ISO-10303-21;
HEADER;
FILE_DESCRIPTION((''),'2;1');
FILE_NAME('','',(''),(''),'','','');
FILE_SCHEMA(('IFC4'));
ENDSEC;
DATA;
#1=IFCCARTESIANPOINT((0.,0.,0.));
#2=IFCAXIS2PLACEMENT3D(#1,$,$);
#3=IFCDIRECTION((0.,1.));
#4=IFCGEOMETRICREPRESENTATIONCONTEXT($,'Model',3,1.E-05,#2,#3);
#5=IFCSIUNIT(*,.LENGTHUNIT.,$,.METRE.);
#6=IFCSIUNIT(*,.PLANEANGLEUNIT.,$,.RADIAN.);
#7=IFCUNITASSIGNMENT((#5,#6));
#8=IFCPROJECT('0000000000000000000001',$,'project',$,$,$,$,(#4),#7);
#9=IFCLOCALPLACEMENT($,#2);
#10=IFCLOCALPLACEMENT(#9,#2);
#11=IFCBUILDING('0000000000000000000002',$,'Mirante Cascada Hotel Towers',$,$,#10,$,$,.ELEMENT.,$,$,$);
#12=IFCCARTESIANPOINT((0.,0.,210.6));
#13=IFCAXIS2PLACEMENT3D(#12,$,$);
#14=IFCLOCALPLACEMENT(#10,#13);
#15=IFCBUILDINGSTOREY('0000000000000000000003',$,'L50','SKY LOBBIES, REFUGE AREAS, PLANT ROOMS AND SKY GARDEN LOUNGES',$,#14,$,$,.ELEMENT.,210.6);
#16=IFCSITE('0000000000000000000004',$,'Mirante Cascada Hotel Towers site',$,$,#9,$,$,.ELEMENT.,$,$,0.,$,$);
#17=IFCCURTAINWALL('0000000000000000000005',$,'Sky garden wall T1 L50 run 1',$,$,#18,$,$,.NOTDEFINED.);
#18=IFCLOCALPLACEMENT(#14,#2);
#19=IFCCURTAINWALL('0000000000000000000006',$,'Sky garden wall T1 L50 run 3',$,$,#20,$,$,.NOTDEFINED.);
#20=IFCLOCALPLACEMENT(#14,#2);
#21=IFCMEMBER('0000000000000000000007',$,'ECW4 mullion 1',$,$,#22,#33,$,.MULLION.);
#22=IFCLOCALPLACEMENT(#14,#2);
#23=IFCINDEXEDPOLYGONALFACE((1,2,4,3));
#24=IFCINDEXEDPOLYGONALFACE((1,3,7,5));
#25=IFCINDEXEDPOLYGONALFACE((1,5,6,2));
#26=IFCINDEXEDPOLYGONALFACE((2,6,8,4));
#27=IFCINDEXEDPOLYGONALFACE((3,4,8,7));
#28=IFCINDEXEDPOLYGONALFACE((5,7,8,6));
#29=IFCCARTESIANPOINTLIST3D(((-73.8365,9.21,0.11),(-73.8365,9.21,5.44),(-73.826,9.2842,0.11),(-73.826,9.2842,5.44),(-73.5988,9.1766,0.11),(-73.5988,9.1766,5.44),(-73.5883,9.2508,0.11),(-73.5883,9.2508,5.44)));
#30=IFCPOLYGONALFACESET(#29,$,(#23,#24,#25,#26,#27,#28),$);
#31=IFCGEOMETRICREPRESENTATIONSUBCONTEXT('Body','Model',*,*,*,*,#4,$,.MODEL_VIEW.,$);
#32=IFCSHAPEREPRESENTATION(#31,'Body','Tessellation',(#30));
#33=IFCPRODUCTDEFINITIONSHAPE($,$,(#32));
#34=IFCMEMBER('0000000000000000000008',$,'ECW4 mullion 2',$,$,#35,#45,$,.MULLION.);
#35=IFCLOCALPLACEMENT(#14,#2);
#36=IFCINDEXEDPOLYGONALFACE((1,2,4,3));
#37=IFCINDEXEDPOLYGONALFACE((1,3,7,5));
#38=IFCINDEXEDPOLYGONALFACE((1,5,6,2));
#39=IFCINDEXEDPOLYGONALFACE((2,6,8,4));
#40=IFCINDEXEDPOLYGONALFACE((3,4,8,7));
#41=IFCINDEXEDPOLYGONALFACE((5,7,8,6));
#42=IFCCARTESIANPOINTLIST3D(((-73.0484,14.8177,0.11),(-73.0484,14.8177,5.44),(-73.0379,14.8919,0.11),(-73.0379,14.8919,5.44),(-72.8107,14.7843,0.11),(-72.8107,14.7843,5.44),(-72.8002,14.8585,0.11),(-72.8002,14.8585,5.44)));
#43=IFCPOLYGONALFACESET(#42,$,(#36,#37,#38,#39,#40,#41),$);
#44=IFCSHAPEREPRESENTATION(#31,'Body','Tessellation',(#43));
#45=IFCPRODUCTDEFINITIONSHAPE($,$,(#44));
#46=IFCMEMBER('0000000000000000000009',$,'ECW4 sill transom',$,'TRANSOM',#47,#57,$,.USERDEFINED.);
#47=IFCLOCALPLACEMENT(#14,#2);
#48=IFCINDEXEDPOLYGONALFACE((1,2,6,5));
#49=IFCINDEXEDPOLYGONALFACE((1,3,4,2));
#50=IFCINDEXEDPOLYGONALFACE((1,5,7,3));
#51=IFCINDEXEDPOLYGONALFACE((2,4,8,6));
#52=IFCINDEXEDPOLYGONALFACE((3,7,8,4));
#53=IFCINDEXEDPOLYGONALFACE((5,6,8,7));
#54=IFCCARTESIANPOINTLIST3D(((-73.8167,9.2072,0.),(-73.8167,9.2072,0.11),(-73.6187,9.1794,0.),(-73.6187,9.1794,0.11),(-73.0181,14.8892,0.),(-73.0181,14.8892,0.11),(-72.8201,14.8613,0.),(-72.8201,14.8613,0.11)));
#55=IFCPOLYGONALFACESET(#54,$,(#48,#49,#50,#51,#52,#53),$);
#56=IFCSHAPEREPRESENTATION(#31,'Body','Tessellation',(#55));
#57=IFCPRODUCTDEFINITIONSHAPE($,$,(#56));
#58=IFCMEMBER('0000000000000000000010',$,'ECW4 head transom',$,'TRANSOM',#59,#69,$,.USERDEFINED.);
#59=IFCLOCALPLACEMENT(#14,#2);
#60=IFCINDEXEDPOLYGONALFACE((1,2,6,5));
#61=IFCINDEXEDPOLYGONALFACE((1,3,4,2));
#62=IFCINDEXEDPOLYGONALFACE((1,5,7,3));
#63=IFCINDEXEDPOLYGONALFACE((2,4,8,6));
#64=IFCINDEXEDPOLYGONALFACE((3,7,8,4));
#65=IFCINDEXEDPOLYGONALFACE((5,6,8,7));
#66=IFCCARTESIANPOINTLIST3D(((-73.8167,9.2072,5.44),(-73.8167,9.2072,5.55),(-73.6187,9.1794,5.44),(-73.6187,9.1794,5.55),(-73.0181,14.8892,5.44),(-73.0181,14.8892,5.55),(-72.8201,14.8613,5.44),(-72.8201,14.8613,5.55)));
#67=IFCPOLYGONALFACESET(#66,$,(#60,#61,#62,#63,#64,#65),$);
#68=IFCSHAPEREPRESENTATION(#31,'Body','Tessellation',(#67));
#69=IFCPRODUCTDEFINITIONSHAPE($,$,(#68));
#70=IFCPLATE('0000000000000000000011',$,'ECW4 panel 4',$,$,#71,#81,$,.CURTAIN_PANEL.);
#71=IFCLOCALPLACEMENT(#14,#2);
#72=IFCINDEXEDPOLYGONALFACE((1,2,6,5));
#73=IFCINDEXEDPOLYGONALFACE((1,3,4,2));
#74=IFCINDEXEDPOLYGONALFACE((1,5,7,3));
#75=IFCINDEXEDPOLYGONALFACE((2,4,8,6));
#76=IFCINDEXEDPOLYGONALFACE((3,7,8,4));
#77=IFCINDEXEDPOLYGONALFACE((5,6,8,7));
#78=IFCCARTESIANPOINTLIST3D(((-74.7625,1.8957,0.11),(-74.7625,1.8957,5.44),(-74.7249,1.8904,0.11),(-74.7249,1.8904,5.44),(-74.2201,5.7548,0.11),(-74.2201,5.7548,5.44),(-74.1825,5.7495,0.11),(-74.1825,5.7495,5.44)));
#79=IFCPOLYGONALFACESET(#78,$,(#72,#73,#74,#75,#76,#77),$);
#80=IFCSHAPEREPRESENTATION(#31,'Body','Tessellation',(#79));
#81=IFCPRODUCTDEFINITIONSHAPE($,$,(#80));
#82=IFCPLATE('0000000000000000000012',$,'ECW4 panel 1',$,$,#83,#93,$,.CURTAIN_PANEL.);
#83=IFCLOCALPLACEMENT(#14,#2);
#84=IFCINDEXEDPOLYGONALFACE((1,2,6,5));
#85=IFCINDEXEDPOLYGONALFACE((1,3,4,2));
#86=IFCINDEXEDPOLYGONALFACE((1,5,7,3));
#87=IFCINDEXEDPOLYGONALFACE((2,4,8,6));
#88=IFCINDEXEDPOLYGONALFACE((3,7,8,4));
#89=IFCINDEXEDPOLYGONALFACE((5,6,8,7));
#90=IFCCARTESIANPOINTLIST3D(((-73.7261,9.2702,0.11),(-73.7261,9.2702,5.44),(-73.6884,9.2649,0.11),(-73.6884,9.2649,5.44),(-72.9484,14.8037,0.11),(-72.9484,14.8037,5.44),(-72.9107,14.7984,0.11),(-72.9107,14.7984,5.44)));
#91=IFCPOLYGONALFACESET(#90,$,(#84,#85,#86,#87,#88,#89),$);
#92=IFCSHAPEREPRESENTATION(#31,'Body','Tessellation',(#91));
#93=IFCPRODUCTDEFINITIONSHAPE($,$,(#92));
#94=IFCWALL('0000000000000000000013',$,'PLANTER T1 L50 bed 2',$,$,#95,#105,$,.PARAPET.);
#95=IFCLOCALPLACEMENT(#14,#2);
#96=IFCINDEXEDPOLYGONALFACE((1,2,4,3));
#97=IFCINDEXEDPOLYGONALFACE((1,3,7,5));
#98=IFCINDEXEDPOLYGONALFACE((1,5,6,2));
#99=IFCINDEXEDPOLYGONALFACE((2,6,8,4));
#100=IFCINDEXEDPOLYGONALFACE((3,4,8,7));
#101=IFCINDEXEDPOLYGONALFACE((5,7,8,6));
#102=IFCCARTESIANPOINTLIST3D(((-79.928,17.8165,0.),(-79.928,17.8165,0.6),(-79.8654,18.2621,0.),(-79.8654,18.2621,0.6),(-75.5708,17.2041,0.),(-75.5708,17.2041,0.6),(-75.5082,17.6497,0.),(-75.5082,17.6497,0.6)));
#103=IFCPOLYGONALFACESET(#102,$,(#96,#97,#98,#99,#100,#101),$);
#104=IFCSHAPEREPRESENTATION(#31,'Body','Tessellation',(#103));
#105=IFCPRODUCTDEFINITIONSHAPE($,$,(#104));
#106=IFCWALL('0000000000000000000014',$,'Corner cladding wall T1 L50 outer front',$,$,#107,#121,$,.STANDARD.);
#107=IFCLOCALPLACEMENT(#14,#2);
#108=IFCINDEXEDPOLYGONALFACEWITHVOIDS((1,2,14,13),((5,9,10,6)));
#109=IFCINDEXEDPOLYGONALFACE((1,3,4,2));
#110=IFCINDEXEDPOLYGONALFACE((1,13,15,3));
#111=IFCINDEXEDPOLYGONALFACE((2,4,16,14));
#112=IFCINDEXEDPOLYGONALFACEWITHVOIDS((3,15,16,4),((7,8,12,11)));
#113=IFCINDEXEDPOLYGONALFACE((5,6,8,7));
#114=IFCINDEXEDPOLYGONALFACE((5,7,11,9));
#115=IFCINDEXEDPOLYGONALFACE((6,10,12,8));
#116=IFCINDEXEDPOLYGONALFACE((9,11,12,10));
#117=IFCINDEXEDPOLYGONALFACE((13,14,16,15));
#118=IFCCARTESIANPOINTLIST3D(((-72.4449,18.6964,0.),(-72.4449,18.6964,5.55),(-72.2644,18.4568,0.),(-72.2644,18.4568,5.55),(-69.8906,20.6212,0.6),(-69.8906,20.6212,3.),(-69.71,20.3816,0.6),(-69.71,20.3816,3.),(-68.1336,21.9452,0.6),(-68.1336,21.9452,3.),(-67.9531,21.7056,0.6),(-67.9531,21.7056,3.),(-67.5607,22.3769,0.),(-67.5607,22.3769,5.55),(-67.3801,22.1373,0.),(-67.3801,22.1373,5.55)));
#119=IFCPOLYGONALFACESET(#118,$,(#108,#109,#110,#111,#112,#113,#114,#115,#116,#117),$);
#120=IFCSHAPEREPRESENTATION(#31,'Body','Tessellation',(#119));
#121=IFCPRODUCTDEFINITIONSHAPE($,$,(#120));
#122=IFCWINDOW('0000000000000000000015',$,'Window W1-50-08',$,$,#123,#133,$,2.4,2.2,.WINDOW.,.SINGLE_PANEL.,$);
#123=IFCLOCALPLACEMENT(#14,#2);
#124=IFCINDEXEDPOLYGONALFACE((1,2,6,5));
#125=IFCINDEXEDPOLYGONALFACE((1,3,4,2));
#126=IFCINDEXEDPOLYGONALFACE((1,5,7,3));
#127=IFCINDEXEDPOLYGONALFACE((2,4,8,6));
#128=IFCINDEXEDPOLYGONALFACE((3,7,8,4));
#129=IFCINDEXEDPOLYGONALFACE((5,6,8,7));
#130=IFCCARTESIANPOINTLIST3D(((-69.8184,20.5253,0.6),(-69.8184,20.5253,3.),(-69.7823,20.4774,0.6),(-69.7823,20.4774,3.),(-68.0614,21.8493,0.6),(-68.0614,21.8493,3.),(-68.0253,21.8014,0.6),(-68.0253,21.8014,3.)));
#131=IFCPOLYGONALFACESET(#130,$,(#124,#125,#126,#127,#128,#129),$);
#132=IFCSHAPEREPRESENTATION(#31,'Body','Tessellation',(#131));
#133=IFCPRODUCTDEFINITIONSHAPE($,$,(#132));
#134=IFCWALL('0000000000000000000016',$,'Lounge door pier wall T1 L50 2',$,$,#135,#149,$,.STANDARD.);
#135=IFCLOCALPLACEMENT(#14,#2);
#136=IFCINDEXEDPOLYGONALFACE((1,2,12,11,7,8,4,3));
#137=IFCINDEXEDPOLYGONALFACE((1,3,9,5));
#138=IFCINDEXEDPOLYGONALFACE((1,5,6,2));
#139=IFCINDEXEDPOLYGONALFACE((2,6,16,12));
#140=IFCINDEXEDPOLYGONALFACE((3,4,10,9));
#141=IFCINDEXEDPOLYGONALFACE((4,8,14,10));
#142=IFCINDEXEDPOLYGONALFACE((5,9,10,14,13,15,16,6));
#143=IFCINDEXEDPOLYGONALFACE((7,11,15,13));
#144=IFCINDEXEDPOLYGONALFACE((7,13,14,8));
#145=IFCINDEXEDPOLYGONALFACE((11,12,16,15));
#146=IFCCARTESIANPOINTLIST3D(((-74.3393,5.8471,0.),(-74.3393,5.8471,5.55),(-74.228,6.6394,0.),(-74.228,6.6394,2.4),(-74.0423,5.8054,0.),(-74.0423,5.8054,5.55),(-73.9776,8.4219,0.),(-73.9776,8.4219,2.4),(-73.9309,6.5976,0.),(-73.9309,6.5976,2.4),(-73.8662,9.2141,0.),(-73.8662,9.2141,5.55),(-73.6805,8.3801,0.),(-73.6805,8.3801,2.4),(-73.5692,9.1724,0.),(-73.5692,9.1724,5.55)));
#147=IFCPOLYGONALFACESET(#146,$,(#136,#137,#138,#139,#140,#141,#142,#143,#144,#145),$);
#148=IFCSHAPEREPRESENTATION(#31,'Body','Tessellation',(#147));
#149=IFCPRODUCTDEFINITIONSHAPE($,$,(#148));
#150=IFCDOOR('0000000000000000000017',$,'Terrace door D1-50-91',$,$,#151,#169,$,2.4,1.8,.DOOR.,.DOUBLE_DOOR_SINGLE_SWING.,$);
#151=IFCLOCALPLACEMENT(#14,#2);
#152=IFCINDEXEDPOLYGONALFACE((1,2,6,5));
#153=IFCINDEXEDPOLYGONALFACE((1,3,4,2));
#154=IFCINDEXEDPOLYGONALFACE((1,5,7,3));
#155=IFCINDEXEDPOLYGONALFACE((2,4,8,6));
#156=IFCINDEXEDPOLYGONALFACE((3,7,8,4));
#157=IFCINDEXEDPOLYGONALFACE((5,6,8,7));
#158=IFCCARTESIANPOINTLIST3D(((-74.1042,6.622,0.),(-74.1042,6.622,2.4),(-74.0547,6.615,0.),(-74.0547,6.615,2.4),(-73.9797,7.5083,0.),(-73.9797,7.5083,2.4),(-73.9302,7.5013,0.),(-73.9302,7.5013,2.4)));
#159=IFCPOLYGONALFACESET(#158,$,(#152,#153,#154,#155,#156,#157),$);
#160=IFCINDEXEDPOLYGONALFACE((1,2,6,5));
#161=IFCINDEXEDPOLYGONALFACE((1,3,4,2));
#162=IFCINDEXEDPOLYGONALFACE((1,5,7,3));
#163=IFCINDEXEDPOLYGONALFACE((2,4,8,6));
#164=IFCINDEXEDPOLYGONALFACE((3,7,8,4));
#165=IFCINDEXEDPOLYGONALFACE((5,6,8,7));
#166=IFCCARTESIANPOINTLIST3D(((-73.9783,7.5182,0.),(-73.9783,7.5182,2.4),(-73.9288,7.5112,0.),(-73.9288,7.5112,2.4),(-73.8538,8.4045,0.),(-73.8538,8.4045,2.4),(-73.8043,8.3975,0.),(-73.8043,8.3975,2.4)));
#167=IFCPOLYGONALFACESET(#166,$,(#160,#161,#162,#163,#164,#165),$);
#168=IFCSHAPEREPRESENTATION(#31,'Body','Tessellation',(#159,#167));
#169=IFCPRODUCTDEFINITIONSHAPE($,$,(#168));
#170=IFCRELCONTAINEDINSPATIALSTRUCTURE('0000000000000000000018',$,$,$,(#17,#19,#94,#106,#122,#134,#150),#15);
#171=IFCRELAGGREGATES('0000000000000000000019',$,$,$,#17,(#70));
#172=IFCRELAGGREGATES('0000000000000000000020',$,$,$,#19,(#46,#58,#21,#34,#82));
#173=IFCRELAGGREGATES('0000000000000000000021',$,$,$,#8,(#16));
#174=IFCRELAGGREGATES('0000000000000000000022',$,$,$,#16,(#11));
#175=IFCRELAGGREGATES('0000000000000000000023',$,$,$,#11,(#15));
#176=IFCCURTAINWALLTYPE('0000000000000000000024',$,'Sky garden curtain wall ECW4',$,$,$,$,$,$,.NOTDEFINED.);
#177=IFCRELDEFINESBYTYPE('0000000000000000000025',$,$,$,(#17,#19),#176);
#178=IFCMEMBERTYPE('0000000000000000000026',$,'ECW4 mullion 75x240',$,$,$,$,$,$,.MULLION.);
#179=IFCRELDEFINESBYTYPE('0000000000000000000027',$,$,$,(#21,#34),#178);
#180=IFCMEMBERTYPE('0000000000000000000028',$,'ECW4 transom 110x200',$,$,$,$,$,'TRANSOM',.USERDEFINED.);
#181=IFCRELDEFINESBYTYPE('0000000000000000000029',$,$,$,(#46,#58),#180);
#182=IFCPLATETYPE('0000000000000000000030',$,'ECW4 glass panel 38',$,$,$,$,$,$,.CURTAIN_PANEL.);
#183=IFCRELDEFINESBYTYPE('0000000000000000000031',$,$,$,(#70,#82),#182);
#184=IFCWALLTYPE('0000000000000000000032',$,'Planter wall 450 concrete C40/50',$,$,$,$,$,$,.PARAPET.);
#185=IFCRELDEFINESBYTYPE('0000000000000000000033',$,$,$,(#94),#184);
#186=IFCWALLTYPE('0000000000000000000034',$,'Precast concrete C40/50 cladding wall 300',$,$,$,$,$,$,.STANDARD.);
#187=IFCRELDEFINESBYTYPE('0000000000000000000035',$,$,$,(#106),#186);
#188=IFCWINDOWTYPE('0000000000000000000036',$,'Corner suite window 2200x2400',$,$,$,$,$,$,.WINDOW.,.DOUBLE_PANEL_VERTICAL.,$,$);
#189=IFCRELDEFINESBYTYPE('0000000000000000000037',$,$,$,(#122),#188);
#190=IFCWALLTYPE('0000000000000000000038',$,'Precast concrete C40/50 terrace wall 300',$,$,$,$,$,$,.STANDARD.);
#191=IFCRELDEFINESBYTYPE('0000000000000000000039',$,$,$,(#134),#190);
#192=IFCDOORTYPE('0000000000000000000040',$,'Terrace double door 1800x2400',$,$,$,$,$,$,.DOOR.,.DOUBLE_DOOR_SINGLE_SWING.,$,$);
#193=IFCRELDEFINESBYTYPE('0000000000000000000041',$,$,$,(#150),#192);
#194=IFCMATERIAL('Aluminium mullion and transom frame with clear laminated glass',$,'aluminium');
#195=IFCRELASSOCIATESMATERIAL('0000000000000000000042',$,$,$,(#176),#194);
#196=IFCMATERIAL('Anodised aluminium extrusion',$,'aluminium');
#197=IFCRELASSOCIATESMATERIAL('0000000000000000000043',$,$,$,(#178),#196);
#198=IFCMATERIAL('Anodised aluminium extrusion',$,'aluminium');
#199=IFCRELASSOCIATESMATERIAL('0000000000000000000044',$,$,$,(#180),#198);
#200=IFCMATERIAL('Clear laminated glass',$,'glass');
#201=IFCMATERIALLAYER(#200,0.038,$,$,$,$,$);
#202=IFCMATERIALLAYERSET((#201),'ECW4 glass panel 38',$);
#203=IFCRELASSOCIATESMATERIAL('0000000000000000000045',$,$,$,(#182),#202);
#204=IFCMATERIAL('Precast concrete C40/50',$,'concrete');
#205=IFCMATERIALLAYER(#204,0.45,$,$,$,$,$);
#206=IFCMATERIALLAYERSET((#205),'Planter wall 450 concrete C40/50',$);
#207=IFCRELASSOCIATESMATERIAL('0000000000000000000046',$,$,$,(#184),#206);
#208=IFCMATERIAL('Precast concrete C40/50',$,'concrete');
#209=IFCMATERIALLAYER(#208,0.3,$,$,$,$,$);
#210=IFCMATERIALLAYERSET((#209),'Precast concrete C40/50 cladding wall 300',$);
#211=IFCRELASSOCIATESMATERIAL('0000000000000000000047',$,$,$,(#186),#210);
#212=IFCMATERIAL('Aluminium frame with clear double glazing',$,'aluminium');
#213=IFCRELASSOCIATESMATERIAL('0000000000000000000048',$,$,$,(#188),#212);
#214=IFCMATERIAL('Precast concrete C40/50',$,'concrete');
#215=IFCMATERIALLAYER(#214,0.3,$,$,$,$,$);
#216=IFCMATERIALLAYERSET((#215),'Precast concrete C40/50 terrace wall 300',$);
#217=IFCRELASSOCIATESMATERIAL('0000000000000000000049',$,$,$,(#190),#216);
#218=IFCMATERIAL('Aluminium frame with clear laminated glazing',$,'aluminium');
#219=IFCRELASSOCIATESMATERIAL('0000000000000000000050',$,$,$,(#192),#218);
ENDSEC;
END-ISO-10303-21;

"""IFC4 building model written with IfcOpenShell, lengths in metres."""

from ifc_helpers import new_model, si_unit, direction, frame, frame_2d, origin, origin_2d, place, context, subcontext, project, spatial, rectangle, extrude, material, layer, layer_set, material_profile, profile_set, type_object, element, fill, aggregate, save


model = new_model("IFC4")

# Units and contexts
model_context = context("Model", 3, precision=1e-05, world=origin(), true_north=direction((0.0, 1.0)))
body_context = subcontext(model_context, "Body", "Model", "MODEL_VIEW")
ifc_project = project(units=[si_unit("LENGTHUNIT", "METRE"), si_unit("PLANEANGLEUNIT", "RADIAN")], contexts=[model_context])

# Site, building, storey
site_placement = place(None, origin())
site = spatial("IfcSite", under=ifc_project, at=site_placement, Name="Mirante Cascada Hotel Towers site", CompositionType="ELEMENT", RefElevation=0.0)
building_placement = place(site_placement, origin())
building = spatial("IfcBuilding", under=site, at=building_placement, Name="Mirante Cascada Hotel Towers", CompositionType="ELEMENT")
storey_placement = place(building_placement, frame((0.0, 0.0, 210.6)))
storey = spatial("IfcBuildingStorey", under=building, at=storey_placement, Name="L50", Description="SKY LOBBIES, REFUGE AREAS, PLANT ROOMS AND SKY GARDEN LOUNGES", CompositionType="ELEMENT", Elevation=210.6)

# Curtain walls, members
ifc_material_1 = material(Name="Aluminium mullion and transom frame with clear laminated glass", Category="aluminium")
curtain_wall_type = type_object("IfcCurtainWallType", Name="Sky garden curtain wall ECW4", PredefinedType="NOTDEFINED", material=ifc_material_1)
curtain_wall_1_placement = place(storey_placement, origin())
curtain_wall_1 = element("IfcCurtainWall", 1, at=curtain_wall_1_placement, inside=storey, type_object=curtain_wall_type, Name="Sky garden wall T1 L50 run 1", PredefinedType="NOTDEFINED")
ifc_material_2 = material(Name="Anodised aluminium extrusion", Category="aluminium")
ifc_material_profile_1 = material_profile(ifc_material_2, rectangle(XDim=0.24, YDim=0.075, at=origin_2d()), Name="ECW4 MULLION 75x240")
ifc_profile_set_1 = profile_set([ifc_material_profile_1], Name="Anodised aluminium extrusion")
member_type_1 = type_object("IfcMemberType", Name="ECW4 mullion 75x240", PredefinedType="MULLION", material=ifc_profile_set_1)
curtain_wall_2_placement = place(storey_placement, origin())
curtain_wall_2 = element("IfcCurtainWall", 2, at=curtain_wall_2_placement, inside=storey, type_object=curtain_wall_type, Name="Sky garden wall T1 L50 run 3", PredefinedType="NOTDEFINED")
member_1_placement = place(storey_placement, frame((-73.7124, 9.2304, 0.11), z_axis=(0.0, 0.0, 1.0), x_axis=(-0.990268, 0.139173, 0.0)))
member_1 = element("IfcMember", 3, at=member_1_placement, type_object=member_type_1, Name="ECW4 mullion 1", PredefinedType="MULLION", context=body_context, shape_type="SweptSolid", body=[
    extrude(rectangle(XDim=0.24, YDim=0.075, at=origin_2d()), origin(), (0.0, 0.0, 1.0), 5.33),
])
member_2_placement = place(storey_placement, frame((-72.9243, 14.8381, 0.11), z_axis=(0.0, 0.0, 1.0), x_axis=(-0.990268, 0.139173, 0.0)))
member_2 = element("IfcMember", 4, at=member_2_placement, type_object=member_type_1, Name="ECW4 mullion 2", PredefinedType="MULLION", context=body_context, shape_type="SweptSolid", body=[
    extrude(rectangle(XDim=0.24, YDim=0.075, at=origin_2d()), origin(), (0.0, 0.0, 1.0), 5.33),
])
ifc_material_3 = material(Name="Anodised aluminium extrusion", Category="aluminium")
ifc_material_profile_2 = material_profile(ifc_material_3, rectangle(XDim=0.2, YDim=0.11, at=origin_2d()), Name="ECW4 TRANSOM 110x200")
ifc_profile_set_2 = profile_set([ifc_material_profile_2], Name="Anodised aluminium extrusion")
member_type_2 = type_object("IfcMemberType", Name="ECW4 transom 110x200", ElementType="TRANSOM", PredefinedType="USERDEFINED", material=ifc_profile_set_2)
member_3_placement = place(storey_placement, frame((-73.7177, 9.1933, 0.055), z_axis=(0.139181, 0.990267, 0.0), x_axis=(-0.990267, 0.139181, 0.0)))
member_3 = element("IfcMember", 5, at=member_3_placement, type_object=member_type_2, Name="ECW4 sill transom", ObjectType="TRANSOM", PredefinedType="USERDEFINED", context=body_context, shape_type="SweptSolid", body=[
    extrude(rectangle(XDim=0.2, YDim=0.11, at=origin_2d()), origin(), (0.0, 0.0, 1.0), 5.7378),
])
member_4_placement = place(storey_placement, frame((-73.7177, 9.1933, 5.495), z_axis=(0.139181, 0.990267, 0.0), x_axis=(-0.990267, 0.139181, 0.0)))
member_4 = element("IfcMember", 6, at=member_4_placement, type_object=member_type_2, Name="ECW4 head transom", ObjectType="TRANSOM", PredefinedType="USERDEFINED", context=body_context, shape_type="SweptSolid", body=[
    extrude(rectangle(XDim=0.2, YDim=0.11, at=origin_2d()), origin(), (0.0, 0.0, 1.0), 5.7378),
])

# Plates
ifc_material_4 = material(Name="Clear laminated glass", Category="glass")
ifc_layer_1 = layer(ifc_material_4, 0.038)
ifc_layer_set_1 = layer_set([ifc_layer_1], Name="ECW4 glass panel 38")
plate_type = type_object("IfcPlateType", Name="ECW4 glass panel 38", PredefinedType="CURTAIN_PANEL", material=ifc_layer_set_1)
plate_1_placement = place(storey_placement, frame((-74.4725, 3.8226, 0.11), z_axis=(0.0, 0.0, 1.0), x_axis=(0.139173, 0.990268, 0.0)))
plate_1 = element("IfcPlate", 7, at=plate_1_placement, type_object=plate_type, Name="ECW4 panel 4", PredefinedType="CURTAIN_PANEL", context=body_context, shape_type="SweptSolid", body=[
    extrude(rectangle(XDim=3.897, YDim=0.038, at=origin_2d()), origin(), (0.0, 0.0, 1.0), 5.33),
])
aggregate(curtain_wall_1, [plate_1])
plate_2_placement = place(storey_placement, frame((-73.3184, 12.0343, 0.11), z_axis=(0.0, 0.0, 1.0), x_axis=(0.139173, 0.990268, 0.0)))
plate_2 = element("IfcPlate", 8, at=plate_2_placement, type_object=plate_type, Name="ECW4 panel 1", PredefinedType="CURTAIN_PANEL", context=body_context, shape_type="SweptSolid", body=[
    extrude(rectangle(XDim=5.5879, YDim=0.038, at=origin_2d()), origin(), (0.0, 0.0, 1.0), 5.33),
])
aggregate(curtain_wall_2, [member_3, member_4, member_1, member_2, plate_2])

# Wall
ifc_material_5 = material(Name="Precast concrete C40/50", Category="concrete")
ifc_layer_2 = layer(ifc_material_5, 0.45)
ifc_layer_set_2 = layer_set([ifc_layer_2], Name="Planter wall 450 concrete C40/50")
wall_type_1 = type_object("IfcWallType", Name="Planter wall 450 concrete C40/50", PredefinedType="PARAPET", material=ifc_layer_set_2)
wall_1_placement = place(storey_placement, frame((-75.5395, 17.4269, 0.0), z_axis=(0.0, 0.0, 1.0), x_axis=(-0.990267, 0.139181, 0.0)))
element("IfcWall", 9, at=wall_1_placement, inside=storey, type_object=wall_type_1, Name="PLANTER T1 L50 bed 2", PredefinedType="PARAPET", context=body_context, shape_type="SweptSolid", body=[
    extrude(rectangle(XDim=4.4, YDim=0.45, at=frame_2d((2.2, 0.0))), origin(), (0.0, 0.0, 1.0), 0.6),
])

# Wall, opening, window
ifc_material_6 = material(Name="Precast concrete C40/50", Category="concrete")
ifc_layer_3 = layer(ifc_material_6, 0.3)
ifc_layer_set_3 = layer_set([ifc_layer_3], Name="Precast concrete C40/50 cladding wall 300")
wall_type_2 = type_object("IfcWallType", Name="Precast concrete C40/50 cladding wall 300", PredefinedType="STANDARD", material=ifc_layer_set_3)
wall_2_placement = place(storey_placement, frame((-72.3546, 18.5766, 0.0), z_axis=(0.0, 0.0, 1.0), x_axis=(0.798636, 0.601814, 0.0)))
wall_2 = element("IfcWall", 10, at=wall_2_placement, inside=storey, type_object=wall_type_2, Name="Corner cladding wall T1 L50 outer front", PredefinedType="STANDARD", context=body_context, shape_type="SweptSolid", body=[
    extrude(rectangle(XDim=6.1157, YDim=0.3, at=frame_2d((3.0578, 0.0))), origin(), (0.0, 0.0, 1.0), 5.55),
])
opening_1_placement = place(wall_2_placement, frame((3.1983, 0.0, 0.6)))
opening_1 = element("IfcOpeningElement", 11, at=opening_1_placement, cuts=wall_2, PredefinedType="OPENING", context=body_context, shape_type="SweptSolid", body=[
    extrude(rectangle(XDim=2.2, YDim=2.4, at=frame_2d((1.1, 1.2))), frame((0.0, 0.15, 0.0), z_axis=(0.0, -1.0, 0.0), x_axis=(1.0, 0.0, 0.0)), (0.0, 0.0, 1.0), 0.3),
])
ifc_material_7 = material(Name="Aluminium frame with clear double glazing", Category="aluminium")
window_type = type_object("IfcWindowType", Name="Corner suite window 2200x2400", PartitioningType="DOUBLE_PANEL_VERTICAL", PredefinedType="WINDOW", material=ifc_material_7)
window_placement = place(opening_1_placement, origin())
window = element("IfcWindow", 12, at=window_placement, inside=storey, type_object=window_type, Name="Window W1-50-08", OverallHeight=2.4, OverallWidth=2.2, PartitioningType="SINGLE_PANEL", PredefinedType="WINDOW", context=body_context, shape_type="SweptSolid", body=[
    extrude(rectangle(XDim=2.2, YDim=2.4, at=frame_2d((1.1, 1.2))), frame((0.0, 0.03, 0.0), z_axis=(0.0, -1.0, 0.0), x_axis=(1.0, 0.0, 0.0)), (0.0, 0.0, 1.0), 0.06),
])
fill(opening_1, window)

# Wall, opening, door
ifc_material_8 = material(Name="Precast concrete C40/50", Category="concrete")
ifc_layer_4 = layer(ifc_material_8, 0.3)
ifc_layer_set_4 = layer_set([ifc_layer_4], Name="Precast concrete C40/50 terrace wall 300")
wall_type_3 = type_object("IfcWallType", Name="Precast concrete C40/50 terrace wall 300", PredefinedType="STANDARD", material=ifc_layer_set_4)
wall_3_placement = place(storey_placement, frame((-74.1908, 5.8263, 0.0), z_axis=(0.0, 0.0, 1.0), x_axis=(0.139144, 0.990272, 0.0)))
wall_3 = element("IfcWall", 13, at=wall_3_placement, inside=storey, type_object=wall_type_3, Name="Lounge door pier wall T1 L50 2", PredefinedType="STANDARD", context=body_context, shape_type="SweptSolid", body=[
    extrude(rectangle(XDim=3.4001, YDim=0.3, at=frame_2d((1.7, 0.0))), origin(), (0.0, 0.0, 1.0), 5.55),
])
opening_2_placement = place(wall_3_placement, frame((0.8, 0.0, 0.0)))
opening_2 = element("IfcOpeningElement", 14, at=opening_2_placement, cuts=wall_3, PredefinedType="OPENING", context=body_context, shape_type="SweptSolid", body=[
    extrude(rectangle(XDim=1.8, YDim=2.4, at=frame_2d((0.9, 1.2))), frame((0.0, 0.15, 0.0), z_axis=(0.0, -1.0, 0.0), x_axis=(1.0, 0.0, 0.0)), (0.0, 0.0, 1.0), 0.3),
])
ifc_material_9 = material(Name="Aluminium frame with clear laminated glazing", Category="aluminium")
door_type = type_object("IfcDoorType", Name="Terrace double door 1800x2400", OperationType="DOUBLE_DOOR_SINGLE_SWING", PredefinedType="DOOR", material=ifc_material_9)
door_1_placement = place(opening_2_placement, origin())
door_1 = element("IfcDoor", 15, at=door_1_placement, inside=storey, type_object=door_type, Name="Terrace door D1-50-91", OperationType="DOUBLE_DOOR_SINGLE_SWING", OverallHeight=2.4, OverallWidth=1.8, PredefinedType="DOOR", context=body_context, shape_type="SweptSolid", body=[
    extrude(rectangle(XDim=0.895, YDim=2.4, at=frame_2d((0.4475, 1.2))), frame((0.0, 0.025, 0.0), z_axis=(0.0, -1.0, 0.0), x_axis=(1.0, 0.0, 0.0)), (0.0, 0.0, 1.0), 0.05),
    extrude(rectangle(XDim=0.895, YDim=2.4, at=frame_2d((1.3525, 1.2))), frame((0.0, 0.025, 0.0), z_axis=(0.0, -1.0, 0.0), x_axis=(1.0, 0.0, 0.0)), (0.0, 0.0, 1.0), 0.05),
])
fill(opening_2, door_1)

save(model, "model.ifc")
